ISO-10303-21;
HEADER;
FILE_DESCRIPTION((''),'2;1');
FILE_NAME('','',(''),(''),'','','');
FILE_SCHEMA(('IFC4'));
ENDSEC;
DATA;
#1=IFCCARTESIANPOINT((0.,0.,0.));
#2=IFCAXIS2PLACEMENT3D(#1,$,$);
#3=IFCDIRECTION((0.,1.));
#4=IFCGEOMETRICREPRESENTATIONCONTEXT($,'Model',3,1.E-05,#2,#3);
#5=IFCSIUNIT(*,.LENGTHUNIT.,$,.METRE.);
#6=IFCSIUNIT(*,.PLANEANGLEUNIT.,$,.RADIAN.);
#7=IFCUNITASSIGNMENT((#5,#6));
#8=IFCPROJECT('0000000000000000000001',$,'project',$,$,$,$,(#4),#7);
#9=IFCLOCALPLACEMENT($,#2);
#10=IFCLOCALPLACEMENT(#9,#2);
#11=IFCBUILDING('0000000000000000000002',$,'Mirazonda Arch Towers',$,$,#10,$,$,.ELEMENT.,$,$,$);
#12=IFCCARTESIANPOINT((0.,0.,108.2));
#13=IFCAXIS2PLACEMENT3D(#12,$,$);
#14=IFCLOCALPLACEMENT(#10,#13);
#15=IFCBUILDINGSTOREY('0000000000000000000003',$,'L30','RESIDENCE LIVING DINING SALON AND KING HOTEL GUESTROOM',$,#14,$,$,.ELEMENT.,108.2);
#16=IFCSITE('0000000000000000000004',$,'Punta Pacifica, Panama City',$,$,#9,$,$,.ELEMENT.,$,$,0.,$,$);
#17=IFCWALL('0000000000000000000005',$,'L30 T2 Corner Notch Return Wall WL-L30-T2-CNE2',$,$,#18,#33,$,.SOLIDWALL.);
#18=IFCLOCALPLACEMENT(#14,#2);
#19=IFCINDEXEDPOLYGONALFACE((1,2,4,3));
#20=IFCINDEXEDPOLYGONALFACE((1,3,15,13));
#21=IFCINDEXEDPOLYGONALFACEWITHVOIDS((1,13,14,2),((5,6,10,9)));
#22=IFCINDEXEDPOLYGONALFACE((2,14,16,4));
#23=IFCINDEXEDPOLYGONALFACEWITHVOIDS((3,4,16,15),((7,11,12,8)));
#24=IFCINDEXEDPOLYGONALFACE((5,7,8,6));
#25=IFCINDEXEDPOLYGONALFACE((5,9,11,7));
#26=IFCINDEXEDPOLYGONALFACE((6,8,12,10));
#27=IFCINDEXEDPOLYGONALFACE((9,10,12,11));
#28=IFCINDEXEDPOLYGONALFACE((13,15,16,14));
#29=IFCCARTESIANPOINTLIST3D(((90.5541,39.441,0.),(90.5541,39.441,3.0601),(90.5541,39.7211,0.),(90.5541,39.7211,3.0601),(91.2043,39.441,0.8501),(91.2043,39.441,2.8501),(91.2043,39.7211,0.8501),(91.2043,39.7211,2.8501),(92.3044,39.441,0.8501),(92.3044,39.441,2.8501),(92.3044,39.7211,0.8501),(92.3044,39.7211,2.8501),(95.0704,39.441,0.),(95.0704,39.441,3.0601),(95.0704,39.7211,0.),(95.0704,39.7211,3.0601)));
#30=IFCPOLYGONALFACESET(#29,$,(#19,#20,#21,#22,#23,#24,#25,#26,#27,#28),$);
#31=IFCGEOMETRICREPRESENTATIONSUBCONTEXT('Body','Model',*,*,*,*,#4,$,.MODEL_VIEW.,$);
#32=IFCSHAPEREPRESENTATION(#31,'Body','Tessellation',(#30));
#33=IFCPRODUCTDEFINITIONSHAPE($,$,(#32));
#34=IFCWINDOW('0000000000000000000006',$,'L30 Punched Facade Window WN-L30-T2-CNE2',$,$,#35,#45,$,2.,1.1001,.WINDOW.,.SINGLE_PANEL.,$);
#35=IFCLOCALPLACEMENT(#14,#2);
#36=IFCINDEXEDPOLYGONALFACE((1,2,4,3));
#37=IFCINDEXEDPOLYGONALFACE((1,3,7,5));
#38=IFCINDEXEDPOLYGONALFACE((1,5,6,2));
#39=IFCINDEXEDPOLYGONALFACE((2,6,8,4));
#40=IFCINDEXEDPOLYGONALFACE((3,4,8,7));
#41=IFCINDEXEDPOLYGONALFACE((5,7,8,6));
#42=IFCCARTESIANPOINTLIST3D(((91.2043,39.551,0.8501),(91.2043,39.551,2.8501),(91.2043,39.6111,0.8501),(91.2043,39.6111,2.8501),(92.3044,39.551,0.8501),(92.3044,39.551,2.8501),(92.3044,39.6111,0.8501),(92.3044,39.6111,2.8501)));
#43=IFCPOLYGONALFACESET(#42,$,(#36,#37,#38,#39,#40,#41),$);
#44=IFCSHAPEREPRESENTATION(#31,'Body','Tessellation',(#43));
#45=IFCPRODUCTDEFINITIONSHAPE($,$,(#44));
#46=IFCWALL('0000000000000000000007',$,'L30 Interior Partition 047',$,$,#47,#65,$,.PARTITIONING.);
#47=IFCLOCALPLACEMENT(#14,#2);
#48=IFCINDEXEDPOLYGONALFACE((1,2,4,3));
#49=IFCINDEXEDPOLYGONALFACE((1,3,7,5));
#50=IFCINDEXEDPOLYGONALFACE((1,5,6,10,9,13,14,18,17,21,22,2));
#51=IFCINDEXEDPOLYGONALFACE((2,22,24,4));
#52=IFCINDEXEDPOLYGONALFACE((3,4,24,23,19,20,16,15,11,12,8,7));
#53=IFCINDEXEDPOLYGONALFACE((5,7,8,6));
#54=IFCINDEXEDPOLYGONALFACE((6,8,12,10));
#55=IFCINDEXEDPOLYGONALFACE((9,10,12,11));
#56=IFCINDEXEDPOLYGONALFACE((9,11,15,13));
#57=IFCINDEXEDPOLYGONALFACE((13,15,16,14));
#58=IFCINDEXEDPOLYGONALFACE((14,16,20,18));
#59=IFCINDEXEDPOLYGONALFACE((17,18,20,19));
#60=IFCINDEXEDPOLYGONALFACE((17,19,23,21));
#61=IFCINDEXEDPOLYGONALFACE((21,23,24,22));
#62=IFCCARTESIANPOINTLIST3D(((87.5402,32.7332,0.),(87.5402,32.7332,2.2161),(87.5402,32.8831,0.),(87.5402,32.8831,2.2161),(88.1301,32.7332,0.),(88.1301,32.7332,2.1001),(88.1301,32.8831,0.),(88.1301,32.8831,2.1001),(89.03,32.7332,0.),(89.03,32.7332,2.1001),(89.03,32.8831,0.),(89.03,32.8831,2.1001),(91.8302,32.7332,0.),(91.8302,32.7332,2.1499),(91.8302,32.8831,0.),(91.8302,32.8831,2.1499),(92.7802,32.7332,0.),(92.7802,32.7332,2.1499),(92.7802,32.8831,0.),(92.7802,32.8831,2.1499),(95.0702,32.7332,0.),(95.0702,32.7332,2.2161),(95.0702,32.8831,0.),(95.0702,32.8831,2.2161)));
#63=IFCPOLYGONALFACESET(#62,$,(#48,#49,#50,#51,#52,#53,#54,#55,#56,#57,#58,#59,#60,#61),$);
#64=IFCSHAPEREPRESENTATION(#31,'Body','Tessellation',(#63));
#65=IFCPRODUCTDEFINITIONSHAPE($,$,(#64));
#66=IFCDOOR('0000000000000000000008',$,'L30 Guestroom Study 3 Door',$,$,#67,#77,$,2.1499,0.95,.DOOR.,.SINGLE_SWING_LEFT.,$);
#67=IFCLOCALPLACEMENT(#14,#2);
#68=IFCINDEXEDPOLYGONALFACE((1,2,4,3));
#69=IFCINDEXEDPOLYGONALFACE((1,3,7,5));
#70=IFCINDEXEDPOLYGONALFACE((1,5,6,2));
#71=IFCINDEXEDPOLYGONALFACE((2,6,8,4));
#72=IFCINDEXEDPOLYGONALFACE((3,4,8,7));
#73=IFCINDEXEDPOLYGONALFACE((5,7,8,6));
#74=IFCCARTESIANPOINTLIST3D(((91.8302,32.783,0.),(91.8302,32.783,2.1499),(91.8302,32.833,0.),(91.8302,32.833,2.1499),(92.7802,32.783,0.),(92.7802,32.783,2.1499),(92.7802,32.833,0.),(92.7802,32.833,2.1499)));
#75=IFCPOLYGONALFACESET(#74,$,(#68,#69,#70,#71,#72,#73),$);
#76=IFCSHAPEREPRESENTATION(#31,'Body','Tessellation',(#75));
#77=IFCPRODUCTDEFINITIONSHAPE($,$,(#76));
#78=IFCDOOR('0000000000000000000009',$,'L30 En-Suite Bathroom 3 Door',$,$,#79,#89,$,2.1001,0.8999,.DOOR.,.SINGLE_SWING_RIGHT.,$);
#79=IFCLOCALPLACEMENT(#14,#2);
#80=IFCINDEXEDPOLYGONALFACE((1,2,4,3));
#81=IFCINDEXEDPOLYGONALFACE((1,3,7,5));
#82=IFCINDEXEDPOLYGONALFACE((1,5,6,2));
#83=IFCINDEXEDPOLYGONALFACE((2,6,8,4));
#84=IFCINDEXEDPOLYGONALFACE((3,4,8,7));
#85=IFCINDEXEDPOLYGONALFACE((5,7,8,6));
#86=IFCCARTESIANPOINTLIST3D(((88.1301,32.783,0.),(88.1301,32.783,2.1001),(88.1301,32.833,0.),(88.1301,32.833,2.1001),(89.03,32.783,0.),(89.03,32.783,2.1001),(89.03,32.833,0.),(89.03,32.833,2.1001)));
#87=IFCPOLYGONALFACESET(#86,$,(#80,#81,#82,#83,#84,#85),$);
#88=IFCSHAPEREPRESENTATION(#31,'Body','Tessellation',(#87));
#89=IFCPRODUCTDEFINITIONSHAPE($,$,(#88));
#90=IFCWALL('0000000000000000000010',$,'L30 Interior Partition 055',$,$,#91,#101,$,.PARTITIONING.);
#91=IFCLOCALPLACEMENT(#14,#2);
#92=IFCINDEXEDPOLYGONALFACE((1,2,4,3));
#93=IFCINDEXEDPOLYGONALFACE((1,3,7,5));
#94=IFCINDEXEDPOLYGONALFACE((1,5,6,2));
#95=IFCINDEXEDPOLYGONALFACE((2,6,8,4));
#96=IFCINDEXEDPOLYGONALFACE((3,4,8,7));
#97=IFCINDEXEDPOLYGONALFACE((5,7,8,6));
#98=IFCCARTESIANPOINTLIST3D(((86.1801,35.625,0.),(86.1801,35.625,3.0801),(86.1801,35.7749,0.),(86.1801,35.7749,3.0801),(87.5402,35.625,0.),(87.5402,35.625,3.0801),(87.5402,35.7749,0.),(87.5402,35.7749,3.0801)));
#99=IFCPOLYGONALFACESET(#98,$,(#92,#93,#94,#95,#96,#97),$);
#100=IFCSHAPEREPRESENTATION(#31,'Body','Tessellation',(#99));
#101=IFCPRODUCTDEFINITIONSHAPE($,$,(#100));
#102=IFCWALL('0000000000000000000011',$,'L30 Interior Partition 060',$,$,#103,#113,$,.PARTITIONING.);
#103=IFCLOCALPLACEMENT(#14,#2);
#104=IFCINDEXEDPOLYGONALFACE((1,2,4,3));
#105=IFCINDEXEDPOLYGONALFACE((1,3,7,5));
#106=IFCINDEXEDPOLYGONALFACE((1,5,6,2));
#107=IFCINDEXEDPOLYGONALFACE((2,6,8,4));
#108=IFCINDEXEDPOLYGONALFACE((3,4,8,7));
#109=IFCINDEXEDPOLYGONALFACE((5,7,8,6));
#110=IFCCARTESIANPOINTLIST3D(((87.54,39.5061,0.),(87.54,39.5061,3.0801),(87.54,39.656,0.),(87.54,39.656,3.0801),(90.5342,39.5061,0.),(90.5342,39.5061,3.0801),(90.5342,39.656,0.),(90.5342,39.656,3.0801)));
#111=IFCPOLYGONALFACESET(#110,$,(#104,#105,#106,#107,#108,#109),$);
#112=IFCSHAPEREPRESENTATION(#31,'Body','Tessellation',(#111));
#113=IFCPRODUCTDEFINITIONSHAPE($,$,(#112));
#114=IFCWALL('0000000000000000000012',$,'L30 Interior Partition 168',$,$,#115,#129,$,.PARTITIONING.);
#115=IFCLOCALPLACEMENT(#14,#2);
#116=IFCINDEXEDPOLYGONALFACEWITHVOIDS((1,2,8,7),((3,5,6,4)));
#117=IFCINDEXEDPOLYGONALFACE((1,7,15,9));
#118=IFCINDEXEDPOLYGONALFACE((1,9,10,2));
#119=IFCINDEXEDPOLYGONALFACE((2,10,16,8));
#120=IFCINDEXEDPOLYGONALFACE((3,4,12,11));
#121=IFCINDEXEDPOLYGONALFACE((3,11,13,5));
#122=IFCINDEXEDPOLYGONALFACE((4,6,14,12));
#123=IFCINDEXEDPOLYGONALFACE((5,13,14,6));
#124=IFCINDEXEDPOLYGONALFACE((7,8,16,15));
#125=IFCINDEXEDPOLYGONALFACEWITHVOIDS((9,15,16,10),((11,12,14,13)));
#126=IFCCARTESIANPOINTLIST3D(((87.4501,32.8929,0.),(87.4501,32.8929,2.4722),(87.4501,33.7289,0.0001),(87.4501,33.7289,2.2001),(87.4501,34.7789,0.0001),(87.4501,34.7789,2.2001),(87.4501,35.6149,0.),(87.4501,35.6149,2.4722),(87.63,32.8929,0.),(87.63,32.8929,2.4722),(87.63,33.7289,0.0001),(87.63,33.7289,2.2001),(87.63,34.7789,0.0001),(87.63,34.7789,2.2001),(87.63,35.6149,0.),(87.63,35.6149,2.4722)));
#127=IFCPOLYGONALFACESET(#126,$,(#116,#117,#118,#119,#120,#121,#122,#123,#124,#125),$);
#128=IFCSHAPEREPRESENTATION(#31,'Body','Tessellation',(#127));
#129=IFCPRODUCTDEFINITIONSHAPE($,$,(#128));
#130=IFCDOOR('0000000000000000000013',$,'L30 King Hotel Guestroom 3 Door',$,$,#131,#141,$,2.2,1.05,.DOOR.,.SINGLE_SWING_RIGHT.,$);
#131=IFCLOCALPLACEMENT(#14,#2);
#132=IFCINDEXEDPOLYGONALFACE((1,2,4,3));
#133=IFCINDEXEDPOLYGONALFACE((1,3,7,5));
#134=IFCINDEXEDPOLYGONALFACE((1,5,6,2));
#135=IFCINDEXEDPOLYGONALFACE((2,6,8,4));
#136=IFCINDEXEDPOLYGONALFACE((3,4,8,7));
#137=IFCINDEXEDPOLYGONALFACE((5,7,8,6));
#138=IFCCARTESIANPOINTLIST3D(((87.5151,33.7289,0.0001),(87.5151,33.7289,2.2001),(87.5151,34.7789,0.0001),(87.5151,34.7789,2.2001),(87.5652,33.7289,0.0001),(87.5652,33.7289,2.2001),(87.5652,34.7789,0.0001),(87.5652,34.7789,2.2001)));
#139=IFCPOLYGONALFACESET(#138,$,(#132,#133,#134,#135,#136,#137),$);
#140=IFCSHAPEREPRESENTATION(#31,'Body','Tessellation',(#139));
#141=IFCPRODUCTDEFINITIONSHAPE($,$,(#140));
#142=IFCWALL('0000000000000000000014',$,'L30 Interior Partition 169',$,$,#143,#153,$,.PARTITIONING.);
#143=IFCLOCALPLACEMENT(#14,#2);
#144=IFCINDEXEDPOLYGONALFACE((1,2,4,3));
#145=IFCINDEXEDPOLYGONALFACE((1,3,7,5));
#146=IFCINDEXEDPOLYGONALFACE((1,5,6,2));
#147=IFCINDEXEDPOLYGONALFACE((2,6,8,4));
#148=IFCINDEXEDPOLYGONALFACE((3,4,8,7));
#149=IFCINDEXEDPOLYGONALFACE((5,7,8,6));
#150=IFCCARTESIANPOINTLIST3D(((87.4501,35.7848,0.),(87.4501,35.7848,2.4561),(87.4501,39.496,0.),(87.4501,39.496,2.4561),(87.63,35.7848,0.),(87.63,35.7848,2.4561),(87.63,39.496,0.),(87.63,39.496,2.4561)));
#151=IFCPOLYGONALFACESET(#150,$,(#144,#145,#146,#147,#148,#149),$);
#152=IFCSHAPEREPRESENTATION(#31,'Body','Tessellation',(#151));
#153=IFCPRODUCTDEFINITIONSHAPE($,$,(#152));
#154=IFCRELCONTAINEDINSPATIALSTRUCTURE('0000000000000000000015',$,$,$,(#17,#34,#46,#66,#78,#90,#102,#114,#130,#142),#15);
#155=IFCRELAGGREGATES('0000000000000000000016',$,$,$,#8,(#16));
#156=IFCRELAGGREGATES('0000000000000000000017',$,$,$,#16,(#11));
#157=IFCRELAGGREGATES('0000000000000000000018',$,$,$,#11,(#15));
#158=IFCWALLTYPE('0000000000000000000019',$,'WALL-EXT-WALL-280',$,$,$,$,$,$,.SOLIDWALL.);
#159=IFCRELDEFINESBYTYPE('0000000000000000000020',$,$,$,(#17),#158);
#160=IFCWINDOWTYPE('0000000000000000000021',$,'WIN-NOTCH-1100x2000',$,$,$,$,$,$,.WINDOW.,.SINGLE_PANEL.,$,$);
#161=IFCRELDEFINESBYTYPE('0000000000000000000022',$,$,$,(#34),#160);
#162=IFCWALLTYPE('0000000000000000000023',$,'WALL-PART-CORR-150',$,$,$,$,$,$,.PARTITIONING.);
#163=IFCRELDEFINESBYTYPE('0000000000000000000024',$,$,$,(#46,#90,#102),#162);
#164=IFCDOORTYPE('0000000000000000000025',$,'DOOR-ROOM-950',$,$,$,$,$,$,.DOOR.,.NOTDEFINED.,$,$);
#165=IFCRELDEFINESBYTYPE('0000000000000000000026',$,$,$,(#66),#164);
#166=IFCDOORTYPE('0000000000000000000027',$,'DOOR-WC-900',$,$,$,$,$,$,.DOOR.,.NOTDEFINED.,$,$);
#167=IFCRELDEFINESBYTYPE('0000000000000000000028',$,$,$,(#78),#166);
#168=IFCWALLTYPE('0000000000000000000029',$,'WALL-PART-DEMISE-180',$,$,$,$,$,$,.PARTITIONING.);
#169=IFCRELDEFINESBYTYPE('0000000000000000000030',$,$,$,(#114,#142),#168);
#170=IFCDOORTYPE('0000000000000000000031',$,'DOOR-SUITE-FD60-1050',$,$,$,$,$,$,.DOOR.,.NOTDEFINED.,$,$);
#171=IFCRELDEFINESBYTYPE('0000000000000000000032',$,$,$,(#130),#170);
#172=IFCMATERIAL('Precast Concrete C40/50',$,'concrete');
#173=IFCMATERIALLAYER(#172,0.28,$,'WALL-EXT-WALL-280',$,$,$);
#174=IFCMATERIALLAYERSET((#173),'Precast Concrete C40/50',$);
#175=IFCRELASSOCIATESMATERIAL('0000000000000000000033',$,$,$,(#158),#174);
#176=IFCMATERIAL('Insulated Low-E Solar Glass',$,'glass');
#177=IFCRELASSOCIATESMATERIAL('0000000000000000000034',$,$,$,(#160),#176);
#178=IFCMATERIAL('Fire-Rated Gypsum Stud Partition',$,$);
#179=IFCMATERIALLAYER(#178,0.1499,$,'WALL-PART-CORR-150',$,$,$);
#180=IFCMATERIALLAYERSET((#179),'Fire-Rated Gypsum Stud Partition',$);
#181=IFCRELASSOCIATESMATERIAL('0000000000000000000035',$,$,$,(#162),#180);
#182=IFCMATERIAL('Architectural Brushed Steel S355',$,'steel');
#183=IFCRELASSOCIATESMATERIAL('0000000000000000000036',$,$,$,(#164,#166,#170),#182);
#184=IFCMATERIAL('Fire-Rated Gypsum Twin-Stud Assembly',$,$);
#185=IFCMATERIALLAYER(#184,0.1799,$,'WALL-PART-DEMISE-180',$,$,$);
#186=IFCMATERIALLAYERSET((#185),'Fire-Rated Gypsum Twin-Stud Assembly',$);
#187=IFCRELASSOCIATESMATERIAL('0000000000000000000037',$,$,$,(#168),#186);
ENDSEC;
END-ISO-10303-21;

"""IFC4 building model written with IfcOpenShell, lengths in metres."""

from ifc_helpers import new_model, si_unit, direction, frame, frame_2d, origin, place, context, subcontext, project, spatial, rectangle, extrude, material, layer, layer_set, type_object, element, fill, save


model = new_model("IFC4")

# Units and contexts
model_context = context("Model", 3, precision=1e-05, world=origin(), true_north=direction((0.0, 1.0)))
body_context = subcontext(model_context, "Body", "Model", "MODEL_VIEW")
ifc_project = project(units=[si_unit("LENGTHUNIT", "METRE"), si_unit("PLANEANGLEUNIT", "RADIAN")], contexts=[model_context])

# Site, building, storey
site_placement = place(None, origin())
site = spatial("IfcSite", under=ifc_project, at=site_placement, Name="Punta Pacifica, Panama City", CompositionType="ELEMENT", RefElevation=0.0)
building_placement = place(site_placement, origin())
building = spatial("IfcBuilding", under=site, at=building_placement, Name="Mirazonda Arch Towers", CompositionType="ELEMENT")
storey_placement = place(building_placement, frame((0.0, 0.0, 108.2)))
storey = spatial("IfcBuildingStorey", under=building, at=storey_placement, Name="L30", Description="RESIDENCE LIVING DINING SALON AND KING HOTEL GUESTROOM", CompositionType="ELEMENT", Elevation=108.2)

# Shared definitions
ifc_material_1 = material(Name="Insulated Low-E Solar Glass", Category="glass")

# Wall, opening, window
ifc_material_2 = material(Name="Precast Concrete C40/50", Category="concrete")
ifc_layer_1 = layer(ifc_material_2, 0.28, Name="WALL-EXT-WALL-280")
ifc_layer_set_1 = layer_set([ifc_layer_1], Name="Precast Concrete C40/50")
wall_type_1 = type_object("IfcWallType", Name="WALL-EXT-WALL-280", PredefinedType="SOLIDWALL", material=ifc_layer_set_1)
window_type = type_object("IfcWindowType", Name="WIN-NOTCH-1100x2000", PartitioningType="SINGLE_PANEL", PredefinedType="WINDOW", material=ifc_material_1)
wall_1_placement = place(storey_placement, frame((95.0706, 39.5811, 0.0), z_axis=(0.0, 0.0, 1.0), x_axis=(-1.0, 0.0, 0.0)))
wall_1 = element("IfcWall", 1, at=wall_1_placement, inside=storey, type_object=wall_type_1, Name="L30 T2 Corner Notch Return Wall WL-L30-T2-CNE2", PredefinedType="SOLIDWALL", context=body_context, shape_type="SweptSolid", body=[
    extrude(rectangle(XDim=4.5164, YDim=0.28, at=frame_2d((2.2583, 0.0))), origin(), (0.0, 0.0, 1.0), 3.0601),
])
opening_1_placement = place(wall_1_placement, frame((2.7661, 0.0, 0.8501)))
opening_1 = element("IfcOpeningElement", 2, at=opening_1_placement, cuts=wall_1, PredefinedType="OPENING", context=body_context, shape_type="SweptSolid", body=[
    extrude(rectangle(XDim=1.1001, YDim=2.0, at=frame_2d((0.55, 1.0))), frame((0.0, 0.1499, 0.0), z_axis=(0.0, -1.0, 0.0), x_axis=(1.0, 0.0, 0.0)), (0.0, 0.0, 1.0), 0.3),
])
window_1_placement = place(opening_1_placement, origin())
window_1 = element("IfcWindow", 3, at=window_1_placement, inside=storey, type_object=window_type, Name="L30 Punched Facade Window WN-L30-T2-CNE2", OverallHeight=2.0, OverallWidth=1.1001, PartitioningType="SINGLE_PANEL", PredefinedType="WINDOW", context=body_context, shape_type="SweptSolid", body=[
    extrude(rectangle(XDim=1.1001, YDim=2.0, at=frame_2d((0.55, 1.0))), frame((0.0, 0.03, 0.0), z_axis=(0.0, -1.0, 0.0), x_axis=(1.0, 0.0, 0.0)), (0.0, 0.0, 1.0), 0.0601),
])
fill(opening_1, window_1)

# Wall, openings, doors
ifc_material_3 = material(Name="Fire-Rated Gypsum Stud Partition")
ifc_layer_2 = layer(ifc_material_3, 0.1499, Name="WALL-PART-CORR-150")
ifc_layer_set_2 = layer_set([ifc_layer_2], Name="Fire-Rated Gypsum Stud Partition")
wall_type_2 = type_object("IfcWallType", Name="WALL-PART-CORR-150", PredefinedType="PARTITIONING", material=ifc_layer_set_2)
wall_2_placement = place(storey_placement, frame((87.54, 32.8081, 0.0), z_axis=(0.0, 0.0, 1.0), x_axis=(1.0, 0.0, 0.0)))
wall_2 = element("IfcWall", 4, at=wall_2_placement, inside=storey, type_object=wall_type_2, Name="L30 Interior Partition 047", PredefinedType="PARTITIONING", context=body_context, shape_type="SweptSolid", body=[
    extrude(rectangle(XDim=7.53, YDim=0.1499, at=frame_2d((3.7651, 0.0))), origin(), (0.0, 0.0, 1.0), 2.2161),
])
opening_2_placement = place(wall_2_placement, frame((4.29, 0.0, 0.0)))
opening_2 = element("IfcOpeningElement", 5, at=opening_2_placement, cuts=wall_2, PredefinedType="OPENING", context=body_context, shape_type="SweptSolid", body=[
    extrude(rectangle(XDim=0.95, YDim=2.1499, at=frame_2d((0.4751, 1.075))), frame((0.0, 0.085, 0.0), z_axis=(0.0, -1.0, 0.0), x_axis=(1.0, 0.0, 0.0)), (0.0, 0.0, 1.0), 0.1699),
])
opening_3_placement = place(wall_2_placement, frame((0.5901, 0.0, 0.0)))
opening_3 = element("IfcOpeningElement", 6, at=opening_3_placement, cuts=wall_2, PredefinedType="OPENING", context=body_context, shape_type="SweptSolid", body=[
    extrude(rectangle(XDim=0.8999, YDim=2.1001, at=frame_2d((0.45, 1.05))), frame((0.0, 0.085, 0.0), z_axis=(0.0, -1.0, 0.0), x_axis=(1.0, 0.0, 0.0)), (0.0, 0.0, 1.0), 0.1699),
])
ifc_material_4 = material(Name="Architectural Brushed Steel S355", Category="steel")
door_type_1 = type_object("IfcDoorType", Name="DOOR-ROOM-950", OperationType="NOTDEFINED", PredefinedType="DOOR", material=ifc_material_4)
door_1_placement = place(opening_2_placement, origin())
door_1 = element("IfcDoor", 7, at=door_1_placement, inside=storey, type_object=door_type_1, Name="L30 Guestroom Study 3 Door", OperationType="SINGLE_SWING_LEFT", OverallHeight=2.1499, OverallWidth=0.95, PredefinedType="DOOR", context=body_context, shape_type="SweptSolid", body=[
    extrude(rectangle(XDim=0.95, YDim=2.1499, at=frame_2d((0.4751, 1.075))), frame((0.0, 0.0249, 0.0), z_axis=(0.0, -1.0, 0.0), x_axis=(1.0, 0.0, 0.0)), (0.0, 0.0, 1.0), 0.05),
])
fill(opening_2, door_1)
door_type_2 = type_object("IfcDoorType", Name="DOOR-WC-900", OperationType="NOTDEFINED", PredefinedType="DOOR", material=ifc_material_4)
door_2_placement = place(opening_3_placement, origin())
door_2 = element("IfcDoor", 8, at=door_2_placement, inside=storey, type_object=door_type_2, Name="L30 En-Suite Bathroom 3 Door", OperationType="SINGLE_SWING_RIGHT", OverallHeight=2.1001, OverallWidth=0.8999, PredefinedType="DOOR", context=body_context, shape_type="SweptSolid", body=[
    extrude(rectangle(XDim=0.8999, YDim=2.1001, at=frame_2d((0.45, 1.05))), frame((0.0, 0.0249, 0.0), z_axis=(0.0, -1.0, 0.0), x_axis=(1.0, 0.0, 0.0)), (0.0, 0.0, 1.0), 0.05),
])
fill(opening_3, door_2)

# Walls
wall_3_placement = place(storey_placement, frame((86.1799, 35.7, 0.0), z_axis=(0.0, 0.0, 1.0), x_axis=(1.0, 0.0, 0.0)))
element("IfcWall", 9, at=wall_3_placement, inside=storey, type_object=wall_type_2, Name="L30 Interior Partition 055", PredefinedType="PARTITIONING", context=body_context, shape_type="SweptSolid", body=[
    extrude(rectangle(XDim=1.3601, YDim=0.1499, at=frame_2d((0.6802, 0.0))), origin(), (0.0, 0.0, 1.0), 3.0801),
])
wall_4_placement = place(storey_placement, frame((87.54, 39.5811, 0.0), z_axis=(0.0, 0.0, 1.0), x_axis=(1.0, 0.0, 0.0)))
element("IfcWall", 10, at=wall_4_placement, inside=storey, type_object=wall_type_2, Name="L30 Interior Partition 060", PredefinedType="PARTITIONING", context=body_context, shape_type="SweptSolid", body=[
    extrude(rectangle(XDim=2.9941, YDim=0.1499, at=frame_2d((1.4971, 0.0))), origin(), (0.0, 0.0, 1.0), 3.0801),
])

# Wall, opening, door
ifc_material_5 = material(Name="Fire-Rated Gypsum Twin-Stud Assembly")
ifc_layer_3 = layer(ifc_material_5, 0.1799, Name="WALL-PART-DEMISE-180")
ifc_layer_set_3 = layer_set([ifc_layer_3], Name="Fire-Rated Gypsum Twin-Stud Assembly")
wall_type_3 = type_object("IfcWallType", Name="WALL-PART-DEMISE-180", PredefinedType="PARTITIONING", material=ifc_layer_set_3)
wall_5_placement = place(storey_placement, frame((87.54, 32.8931, 0.0), z_axis=(0.0, 0.0, 1.0), x_axis=(0.0, 1.0, 0.0)))
wall_5 = element("IfcWall", 11, at=wall_5_placement, inside=storey, type_object=wall_type_3, Name="L30 Interior Partition 168", PredefinedType="PARTITIONING", context=body_context, shape_type="SweptSolid", body=[
    extrude(rectangle(XDim=2.7219, YDim=0.1799, at=frame_2d((1.3608, 0.0))), origin(), (0.0, 0.0, 1.0), 2.4722),
])
opening_4_placement = place(wall_5_placement, frame((0.8359, 0.0, 0.0)))
opening_4 = element("IfcOpeningElement", 12, at=opening_4_placement, cuts=wall_5, PredefinedType="OPENING", context=body_context, shape_type="SweptSolid", body=[
    extrude(rectangle(XDim=1.05, YDim=2.2, at=frame_2d((0.5249, 1.1001))), frame((0.0, 0.0999, 0.0), z_axis=(0.0, -1.0, 0.0), x_axis=(1.0, 0.0, 0.0)), (0.0, 0.0, 1.0), 0.2),
])
door_type_3 = type_object("IfcDoorType", Name="DOOR-SUITE-FD60-1050", OperationType="NOTDEFINED", PredefinedType="DOOR", material=ifc_material_4)
door_3_placement = place(opening_4_placement, origin())
door_3 = element("IfcDoor", 13, at=door_3_placement, inside=storey, type_object=door_type_3, Name="L30 King Hotel Guestroom 3 Door", OperationType="SINGLE_SWING_RIGHT", OverallHeight=2.2, OverallWidth=1.05, PredefinedType="DOOR", context=body_context, shape_type="SweptSolid", body=[
    extrude(rectangle(XDim=1.05, YDim=2.2, at=frame_2d((0.5249, 1.1001))), frame((0.0, 0.0249, 0.0), z_axis=(0.0, -1.0, 0.0), x_axis=(1.0, 0.0, 0.0)), (0.0, 0.0, 1.0), 0.05),
])
fill(opening_4, door_3)

# Wall
wall_6_placement = place(storey_placement, frame((87.54, 35.7849, 0.0), z_axis=(0.0, 0.0, 1.0), x_axis=(0.0, 1.0, 0.0)))
element("IfcWall", 14, at=wall_6_placement, inside=storey, type_object=wall_type_3, Name="L30 Interior Partition 169", PredefinedType="PARTITIONING", context=body_context, shape_type="SweptSolid", body=[
    extrude(rectangle(XDim=3.7112, YDim=0.1799, at=frame_2d((1.8555, 0.0))), origin(), (0.0, 0.0, 1.0), 2.4561),
])

save(model, "model.ifc")
